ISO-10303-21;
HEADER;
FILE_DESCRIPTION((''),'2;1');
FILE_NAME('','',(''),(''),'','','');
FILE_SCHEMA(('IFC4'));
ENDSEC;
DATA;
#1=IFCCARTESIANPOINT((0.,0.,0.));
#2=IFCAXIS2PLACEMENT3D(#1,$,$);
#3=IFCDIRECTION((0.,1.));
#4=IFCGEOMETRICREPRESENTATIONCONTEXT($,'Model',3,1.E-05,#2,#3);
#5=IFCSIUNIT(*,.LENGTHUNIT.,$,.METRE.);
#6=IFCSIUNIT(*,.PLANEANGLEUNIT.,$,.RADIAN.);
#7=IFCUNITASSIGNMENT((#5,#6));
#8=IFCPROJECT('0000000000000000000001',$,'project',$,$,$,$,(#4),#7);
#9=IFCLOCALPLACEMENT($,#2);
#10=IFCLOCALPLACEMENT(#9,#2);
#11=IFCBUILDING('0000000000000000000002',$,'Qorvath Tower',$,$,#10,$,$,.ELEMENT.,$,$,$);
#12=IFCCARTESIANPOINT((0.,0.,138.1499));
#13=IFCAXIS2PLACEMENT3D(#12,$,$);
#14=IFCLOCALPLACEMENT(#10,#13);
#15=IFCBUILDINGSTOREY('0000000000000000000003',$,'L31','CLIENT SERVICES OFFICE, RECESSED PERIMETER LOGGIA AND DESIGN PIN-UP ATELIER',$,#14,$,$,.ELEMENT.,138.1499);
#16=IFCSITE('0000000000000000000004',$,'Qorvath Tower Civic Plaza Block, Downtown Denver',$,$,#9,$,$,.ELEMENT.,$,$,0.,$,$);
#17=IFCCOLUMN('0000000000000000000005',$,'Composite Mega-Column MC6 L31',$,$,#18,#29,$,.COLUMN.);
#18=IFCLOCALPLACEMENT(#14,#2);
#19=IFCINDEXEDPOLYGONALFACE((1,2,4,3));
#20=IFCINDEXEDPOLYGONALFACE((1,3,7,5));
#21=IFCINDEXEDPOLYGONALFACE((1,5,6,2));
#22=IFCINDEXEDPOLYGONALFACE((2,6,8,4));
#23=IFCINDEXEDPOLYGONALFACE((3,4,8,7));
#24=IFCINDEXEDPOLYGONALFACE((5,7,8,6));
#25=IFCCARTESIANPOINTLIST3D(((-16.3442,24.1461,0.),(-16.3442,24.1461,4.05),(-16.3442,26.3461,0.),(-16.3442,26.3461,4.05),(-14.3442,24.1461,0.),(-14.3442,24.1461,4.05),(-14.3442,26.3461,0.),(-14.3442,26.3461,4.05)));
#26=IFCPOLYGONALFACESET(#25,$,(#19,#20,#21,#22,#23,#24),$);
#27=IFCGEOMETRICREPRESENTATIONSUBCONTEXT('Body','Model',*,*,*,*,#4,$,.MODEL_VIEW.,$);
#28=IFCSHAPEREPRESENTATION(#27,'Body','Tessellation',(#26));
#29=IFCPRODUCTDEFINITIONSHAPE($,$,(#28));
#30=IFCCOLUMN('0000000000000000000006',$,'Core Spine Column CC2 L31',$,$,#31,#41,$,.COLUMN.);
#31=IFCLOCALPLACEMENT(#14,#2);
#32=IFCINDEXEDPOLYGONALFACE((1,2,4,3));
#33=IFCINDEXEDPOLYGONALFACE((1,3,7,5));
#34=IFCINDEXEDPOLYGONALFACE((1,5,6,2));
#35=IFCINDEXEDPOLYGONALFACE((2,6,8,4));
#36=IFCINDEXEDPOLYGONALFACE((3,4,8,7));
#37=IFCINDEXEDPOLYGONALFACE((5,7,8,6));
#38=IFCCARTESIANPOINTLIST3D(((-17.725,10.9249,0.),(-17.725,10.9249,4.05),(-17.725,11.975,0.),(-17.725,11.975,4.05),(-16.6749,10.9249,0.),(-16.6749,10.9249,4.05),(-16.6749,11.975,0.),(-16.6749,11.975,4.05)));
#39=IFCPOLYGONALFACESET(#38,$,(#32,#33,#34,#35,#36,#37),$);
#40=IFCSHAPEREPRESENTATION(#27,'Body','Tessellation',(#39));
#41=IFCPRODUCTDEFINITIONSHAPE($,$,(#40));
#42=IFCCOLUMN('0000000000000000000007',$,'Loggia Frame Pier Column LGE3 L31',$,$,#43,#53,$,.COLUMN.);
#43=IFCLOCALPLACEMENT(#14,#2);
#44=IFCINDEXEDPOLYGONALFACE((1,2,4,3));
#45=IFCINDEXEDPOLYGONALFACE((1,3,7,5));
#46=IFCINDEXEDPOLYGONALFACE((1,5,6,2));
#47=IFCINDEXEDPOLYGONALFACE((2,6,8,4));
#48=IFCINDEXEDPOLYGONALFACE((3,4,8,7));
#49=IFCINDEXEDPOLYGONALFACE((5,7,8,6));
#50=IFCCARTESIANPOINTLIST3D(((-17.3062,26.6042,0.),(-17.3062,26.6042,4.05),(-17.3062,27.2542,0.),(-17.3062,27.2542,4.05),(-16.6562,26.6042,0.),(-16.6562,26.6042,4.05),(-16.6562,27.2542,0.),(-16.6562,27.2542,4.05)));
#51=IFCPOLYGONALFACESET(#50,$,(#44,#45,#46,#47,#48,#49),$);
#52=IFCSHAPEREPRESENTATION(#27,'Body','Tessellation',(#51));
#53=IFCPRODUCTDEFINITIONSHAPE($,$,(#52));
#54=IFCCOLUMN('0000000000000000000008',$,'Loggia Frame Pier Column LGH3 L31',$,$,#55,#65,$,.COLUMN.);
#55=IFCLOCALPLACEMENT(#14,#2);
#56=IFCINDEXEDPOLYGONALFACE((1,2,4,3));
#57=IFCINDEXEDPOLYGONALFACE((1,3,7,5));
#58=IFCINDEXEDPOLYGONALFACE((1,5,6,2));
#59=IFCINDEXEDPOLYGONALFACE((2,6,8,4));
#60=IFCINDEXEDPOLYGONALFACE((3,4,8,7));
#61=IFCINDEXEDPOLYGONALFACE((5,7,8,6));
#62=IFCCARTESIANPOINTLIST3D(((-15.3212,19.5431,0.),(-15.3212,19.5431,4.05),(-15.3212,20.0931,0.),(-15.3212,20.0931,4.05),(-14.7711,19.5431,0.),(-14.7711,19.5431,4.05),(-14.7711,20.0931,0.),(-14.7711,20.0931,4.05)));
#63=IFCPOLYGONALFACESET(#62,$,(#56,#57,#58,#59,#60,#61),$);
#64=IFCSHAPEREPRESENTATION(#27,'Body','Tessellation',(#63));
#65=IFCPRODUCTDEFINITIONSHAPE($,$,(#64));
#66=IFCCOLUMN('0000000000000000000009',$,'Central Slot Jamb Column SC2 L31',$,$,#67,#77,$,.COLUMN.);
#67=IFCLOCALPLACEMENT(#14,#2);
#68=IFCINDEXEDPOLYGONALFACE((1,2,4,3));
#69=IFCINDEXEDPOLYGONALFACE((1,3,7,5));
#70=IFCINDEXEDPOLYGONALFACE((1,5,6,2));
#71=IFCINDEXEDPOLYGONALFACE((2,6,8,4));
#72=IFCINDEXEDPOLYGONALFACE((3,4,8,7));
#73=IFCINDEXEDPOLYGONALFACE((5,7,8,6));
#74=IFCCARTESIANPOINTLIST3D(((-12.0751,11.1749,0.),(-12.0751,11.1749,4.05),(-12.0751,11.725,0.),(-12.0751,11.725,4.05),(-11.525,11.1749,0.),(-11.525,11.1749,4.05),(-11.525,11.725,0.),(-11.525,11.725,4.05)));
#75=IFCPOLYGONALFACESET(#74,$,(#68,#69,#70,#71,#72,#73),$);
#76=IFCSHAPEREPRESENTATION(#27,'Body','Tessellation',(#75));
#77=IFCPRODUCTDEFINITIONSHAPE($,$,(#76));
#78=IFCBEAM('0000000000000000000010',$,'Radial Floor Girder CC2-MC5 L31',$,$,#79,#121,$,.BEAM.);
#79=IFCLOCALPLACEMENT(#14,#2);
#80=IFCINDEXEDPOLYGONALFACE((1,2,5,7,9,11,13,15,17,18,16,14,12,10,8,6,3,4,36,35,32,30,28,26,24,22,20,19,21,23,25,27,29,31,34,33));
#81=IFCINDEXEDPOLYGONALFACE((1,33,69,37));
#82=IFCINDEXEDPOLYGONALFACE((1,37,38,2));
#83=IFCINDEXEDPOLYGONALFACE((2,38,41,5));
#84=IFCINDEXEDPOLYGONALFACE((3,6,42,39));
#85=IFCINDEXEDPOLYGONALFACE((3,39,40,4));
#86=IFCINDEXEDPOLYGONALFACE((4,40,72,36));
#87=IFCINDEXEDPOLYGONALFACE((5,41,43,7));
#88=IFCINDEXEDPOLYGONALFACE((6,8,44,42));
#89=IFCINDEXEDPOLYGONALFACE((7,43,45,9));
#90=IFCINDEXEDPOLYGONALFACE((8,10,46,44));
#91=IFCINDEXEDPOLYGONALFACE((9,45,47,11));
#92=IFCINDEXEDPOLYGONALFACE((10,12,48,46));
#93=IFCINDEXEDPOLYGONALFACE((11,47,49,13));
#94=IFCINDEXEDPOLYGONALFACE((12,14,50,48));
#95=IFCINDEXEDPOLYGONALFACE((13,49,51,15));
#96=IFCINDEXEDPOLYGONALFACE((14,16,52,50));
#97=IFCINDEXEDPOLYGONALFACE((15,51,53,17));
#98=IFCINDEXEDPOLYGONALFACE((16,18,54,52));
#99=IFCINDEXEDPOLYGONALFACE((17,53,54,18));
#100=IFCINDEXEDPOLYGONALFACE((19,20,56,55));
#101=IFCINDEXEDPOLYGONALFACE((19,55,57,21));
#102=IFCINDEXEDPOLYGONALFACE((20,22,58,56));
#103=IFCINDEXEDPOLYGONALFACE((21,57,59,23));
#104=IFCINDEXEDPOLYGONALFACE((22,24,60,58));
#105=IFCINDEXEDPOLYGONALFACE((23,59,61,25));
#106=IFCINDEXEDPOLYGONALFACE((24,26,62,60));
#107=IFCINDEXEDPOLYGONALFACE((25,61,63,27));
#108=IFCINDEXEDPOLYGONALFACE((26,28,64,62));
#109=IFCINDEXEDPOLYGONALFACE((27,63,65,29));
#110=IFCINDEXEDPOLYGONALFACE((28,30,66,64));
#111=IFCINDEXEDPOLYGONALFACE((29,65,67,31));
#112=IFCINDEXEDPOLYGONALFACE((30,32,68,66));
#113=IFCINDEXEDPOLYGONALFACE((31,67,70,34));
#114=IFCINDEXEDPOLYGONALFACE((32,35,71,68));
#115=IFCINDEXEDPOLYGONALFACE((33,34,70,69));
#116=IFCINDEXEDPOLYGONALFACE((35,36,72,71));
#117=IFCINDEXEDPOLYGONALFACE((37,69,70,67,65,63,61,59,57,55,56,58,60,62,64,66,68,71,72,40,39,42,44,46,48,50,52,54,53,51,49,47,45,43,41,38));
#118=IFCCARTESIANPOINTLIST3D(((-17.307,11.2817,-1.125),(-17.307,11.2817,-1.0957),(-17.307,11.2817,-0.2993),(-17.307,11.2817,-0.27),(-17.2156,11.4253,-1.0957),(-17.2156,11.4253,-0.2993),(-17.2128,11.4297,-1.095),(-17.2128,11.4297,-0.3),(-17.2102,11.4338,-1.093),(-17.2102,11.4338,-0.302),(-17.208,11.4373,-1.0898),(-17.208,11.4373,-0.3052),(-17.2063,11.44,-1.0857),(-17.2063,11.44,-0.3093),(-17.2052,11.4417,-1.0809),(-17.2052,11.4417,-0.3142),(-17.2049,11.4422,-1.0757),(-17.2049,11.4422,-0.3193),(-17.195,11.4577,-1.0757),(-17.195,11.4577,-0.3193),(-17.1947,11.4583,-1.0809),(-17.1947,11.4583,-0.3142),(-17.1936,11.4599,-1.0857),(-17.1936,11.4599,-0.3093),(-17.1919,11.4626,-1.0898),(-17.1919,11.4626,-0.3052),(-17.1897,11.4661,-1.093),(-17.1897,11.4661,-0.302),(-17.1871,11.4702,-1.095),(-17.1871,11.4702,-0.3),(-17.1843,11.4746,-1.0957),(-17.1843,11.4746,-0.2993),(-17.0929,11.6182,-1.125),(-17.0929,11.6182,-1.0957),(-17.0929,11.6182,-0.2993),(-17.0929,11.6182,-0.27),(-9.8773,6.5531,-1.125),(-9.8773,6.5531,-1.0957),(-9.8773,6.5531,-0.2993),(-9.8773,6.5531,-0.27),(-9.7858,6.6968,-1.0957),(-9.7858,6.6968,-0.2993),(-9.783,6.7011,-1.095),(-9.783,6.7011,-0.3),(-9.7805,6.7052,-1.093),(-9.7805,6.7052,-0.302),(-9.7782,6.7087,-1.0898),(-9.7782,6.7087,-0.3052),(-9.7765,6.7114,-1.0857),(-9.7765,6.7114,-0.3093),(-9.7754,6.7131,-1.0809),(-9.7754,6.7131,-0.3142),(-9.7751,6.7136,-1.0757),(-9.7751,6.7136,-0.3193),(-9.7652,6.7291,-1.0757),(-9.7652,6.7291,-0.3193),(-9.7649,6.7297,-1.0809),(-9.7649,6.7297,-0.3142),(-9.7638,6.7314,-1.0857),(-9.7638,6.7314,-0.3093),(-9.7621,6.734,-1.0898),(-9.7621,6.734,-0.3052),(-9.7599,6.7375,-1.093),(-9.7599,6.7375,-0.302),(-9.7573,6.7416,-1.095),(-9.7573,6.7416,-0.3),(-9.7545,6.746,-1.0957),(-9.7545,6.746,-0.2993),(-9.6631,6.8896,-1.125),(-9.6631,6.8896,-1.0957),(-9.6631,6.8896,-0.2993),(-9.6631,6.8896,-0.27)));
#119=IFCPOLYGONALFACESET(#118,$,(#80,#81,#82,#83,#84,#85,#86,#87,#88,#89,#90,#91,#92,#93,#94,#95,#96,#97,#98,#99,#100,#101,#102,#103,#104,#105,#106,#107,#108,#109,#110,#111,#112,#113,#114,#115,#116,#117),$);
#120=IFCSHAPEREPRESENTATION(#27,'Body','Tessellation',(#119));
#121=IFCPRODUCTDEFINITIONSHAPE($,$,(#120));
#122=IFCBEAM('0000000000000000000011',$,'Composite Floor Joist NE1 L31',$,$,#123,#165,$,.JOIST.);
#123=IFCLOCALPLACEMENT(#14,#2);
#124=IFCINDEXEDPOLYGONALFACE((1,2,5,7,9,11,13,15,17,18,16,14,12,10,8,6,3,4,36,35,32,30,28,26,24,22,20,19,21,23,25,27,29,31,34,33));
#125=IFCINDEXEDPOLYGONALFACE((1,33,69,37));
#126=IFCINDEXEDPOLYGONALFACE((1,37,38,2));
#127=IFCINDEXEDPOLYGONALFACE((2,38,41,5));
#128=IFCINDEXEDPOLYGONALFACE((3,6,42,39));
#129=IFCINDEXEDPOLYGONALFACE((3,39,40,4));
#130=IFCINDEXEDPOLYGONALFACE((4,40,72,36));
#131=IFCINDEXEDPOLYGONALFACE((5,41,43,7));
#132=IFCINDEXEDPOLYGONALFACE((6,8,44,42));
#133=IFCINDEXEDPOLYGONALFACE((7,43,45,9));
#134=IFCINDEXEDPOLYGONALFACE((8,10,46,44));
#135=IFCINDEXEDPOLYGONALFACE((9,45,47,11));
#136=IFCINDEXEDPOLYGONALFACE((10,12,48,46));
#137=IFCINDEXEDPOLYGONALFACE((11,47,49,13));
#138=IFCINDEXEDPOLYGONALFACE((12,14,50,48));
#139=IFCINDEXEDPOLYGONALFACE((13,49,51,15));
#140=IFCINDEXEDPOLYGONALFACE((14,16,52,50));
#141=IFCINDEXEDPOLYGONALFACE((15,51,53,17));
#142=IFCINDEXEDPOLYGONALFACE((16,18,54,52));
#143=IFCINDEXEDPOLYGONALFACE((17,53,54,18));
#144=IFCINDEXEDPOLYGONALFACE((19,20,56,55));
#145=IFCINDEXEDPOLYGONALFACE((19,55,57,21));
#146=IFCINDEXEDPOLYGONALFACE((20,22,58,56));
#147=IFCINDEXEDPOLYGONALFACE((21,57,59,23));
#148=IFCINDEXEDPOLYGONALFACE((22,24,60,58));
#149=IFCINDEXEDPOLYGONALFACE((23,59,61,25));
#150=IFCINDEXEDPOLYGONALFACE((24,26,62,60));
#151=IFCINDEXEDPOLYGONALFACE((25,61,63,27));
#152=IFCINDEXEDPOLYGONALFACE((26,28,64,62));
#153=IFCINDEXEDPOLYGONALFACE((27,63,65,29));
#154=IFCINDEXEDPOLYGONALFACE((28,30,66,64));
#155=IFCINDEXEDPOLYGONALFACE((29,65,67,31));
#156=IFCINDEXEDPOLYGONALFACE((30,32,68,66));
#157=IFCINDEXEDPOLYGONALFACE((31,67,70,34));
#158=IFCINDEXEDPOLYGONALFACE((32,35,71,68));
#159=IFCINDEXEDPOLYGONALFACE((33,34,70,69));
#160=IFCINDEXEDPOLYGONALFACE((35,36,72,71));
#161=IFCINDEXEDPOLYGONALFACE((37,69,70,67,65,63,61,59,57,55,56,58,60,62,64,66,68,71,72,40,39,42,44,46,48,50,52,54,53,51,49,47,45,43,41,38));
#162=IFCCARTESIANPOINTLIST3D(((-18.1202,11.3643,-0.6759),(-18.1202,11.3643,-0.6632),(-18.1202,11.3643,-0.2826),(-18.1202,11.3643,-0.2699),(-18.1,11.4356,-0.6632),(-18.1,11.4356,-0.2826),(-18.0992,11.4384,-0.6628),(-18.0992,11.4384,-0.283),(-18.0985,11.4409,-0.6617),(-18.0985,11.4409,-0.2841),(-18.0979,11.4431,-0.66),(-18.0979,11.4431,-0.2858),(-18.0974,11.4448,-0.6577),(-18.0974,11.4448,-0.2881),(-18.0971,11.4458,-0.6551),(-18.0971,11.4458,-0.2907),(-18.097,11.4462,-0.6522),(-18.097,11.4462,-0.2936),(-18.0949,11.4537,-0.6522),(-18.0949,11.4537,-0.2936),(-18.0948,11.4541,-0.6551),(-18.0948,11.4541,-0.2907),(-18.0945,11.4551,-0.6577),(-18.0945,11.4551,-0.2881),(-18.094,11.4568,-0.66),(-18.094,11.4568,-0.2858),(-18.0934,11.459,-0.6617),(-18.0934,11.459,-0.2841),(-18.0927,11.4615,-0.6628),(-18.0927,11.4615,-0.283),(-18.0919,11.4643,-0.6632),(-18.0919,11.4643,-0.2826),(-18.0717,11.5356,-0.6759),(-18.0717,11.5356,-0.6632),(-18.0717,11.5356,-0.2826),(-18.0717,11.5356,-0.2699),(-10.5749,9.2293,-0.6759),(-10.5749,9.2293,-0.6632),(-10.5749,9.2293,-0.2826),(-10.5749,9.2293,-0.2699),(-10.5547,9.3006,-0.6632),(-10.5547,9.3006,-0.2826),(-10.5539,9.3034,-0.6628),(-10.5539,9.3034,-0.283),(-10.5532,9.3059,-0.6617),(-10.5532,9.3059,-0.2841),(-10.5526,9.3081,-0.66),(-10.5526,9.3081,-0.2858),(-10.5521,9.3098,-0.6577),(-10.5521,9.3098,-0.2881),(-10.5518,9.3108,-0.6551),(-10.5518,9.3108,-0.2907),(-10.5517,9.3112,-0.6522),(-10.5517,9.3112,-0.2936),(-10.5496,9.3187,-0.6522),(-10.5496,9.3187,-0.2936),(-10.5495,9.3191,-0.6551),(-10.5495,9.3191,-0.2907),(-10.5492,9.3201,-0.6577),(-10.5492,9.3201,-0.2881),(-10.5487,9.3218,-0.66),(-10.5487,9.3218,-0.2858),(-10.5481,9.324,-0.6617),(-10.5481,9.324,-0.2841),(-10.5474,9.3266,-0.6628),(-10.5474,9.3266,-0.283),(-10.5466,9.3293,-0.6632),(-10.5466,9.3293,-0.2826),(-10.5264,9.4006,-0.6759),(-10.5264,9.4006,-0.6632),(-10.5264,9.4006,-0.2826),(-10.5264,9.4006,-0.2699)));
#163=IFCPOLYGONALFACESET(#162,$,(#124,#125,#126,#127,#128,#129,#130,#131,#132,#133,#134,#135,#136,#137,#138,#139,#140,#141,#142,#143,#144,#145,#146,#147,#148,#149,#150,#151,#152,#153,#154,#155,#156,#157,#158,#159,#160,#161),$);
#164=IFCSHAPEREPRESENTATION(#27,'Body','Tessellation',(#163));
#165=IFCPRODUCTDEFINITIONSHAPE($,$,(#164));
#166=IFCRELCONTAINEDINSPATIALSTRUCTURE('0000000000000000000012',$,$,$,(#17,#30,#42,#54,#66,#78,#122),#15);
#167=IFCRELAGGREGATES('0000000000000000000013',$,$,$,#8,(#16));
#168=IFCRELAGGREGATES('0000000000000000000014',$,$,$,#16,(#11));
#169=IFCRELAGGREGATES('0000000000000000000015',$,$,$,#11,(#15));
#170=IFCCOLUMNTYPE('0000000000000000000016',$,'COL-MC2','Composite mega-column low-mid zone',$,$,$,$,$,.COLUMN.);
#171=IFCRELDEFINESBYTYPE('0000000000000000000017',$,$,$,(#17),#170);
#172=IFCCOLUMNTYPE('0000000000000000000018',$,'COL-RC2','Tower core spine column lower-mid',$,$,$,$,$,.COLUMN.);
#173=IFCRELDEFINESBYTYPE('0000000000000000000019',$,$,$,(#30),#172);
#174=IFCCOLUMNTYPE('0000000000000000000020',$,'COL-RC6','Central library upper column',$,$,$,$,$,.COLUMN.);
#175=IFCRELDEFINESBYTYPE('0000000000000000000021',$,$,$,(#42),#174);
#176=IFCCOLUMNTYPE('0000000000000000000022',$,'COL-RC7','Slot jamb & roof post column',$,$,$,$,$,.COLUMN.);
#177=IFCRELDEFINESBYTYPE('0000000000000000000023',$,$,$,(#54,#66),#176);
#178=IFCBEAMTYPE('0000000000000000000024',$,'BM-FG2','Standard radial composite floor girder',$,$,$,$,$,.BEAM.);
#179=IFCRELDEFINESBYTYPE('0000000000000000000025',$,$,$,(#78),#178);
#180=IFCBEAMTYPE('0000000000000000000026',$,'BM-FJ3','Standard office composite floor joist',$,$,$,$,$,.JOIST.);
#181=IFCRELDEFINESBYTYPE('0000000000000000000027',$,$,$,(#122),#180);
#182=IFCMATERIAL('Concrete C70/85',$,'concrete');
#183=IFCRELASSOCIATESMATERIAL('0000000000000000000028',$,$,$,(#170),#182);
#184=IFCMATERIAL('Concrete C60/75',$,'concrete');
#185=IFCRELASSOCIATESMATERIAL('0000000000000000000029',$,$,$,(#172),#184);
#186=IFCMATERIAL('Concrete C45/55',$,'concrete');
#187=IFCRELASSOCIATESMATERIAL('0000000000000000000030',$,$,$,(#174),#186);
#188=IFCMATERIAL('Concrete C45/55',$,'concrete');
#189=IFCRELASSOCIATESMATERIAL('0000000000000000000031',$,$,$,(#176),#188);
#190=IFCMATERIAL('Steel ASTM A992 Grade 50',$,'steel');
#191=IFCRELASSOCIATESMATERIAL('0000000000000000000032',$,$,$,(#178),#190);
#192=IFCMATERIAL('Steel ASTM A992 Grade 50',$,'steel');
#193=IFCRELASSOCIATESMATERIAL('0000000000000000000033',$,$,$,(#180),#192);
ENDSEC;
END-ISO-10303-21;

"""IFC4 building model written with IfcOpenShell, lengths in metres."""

from ifc_helpers import new_model, si_unit, direction, frame, origin, origin_2d, place, context, subcontext, project, spatial, rectangle, i_section, extrude, material, material_profile, profile_set, type_object, element, save


model = new_model("IFC4")

# Units and contexts
model_context = context("Model", 3, precision=1e-05, world=origin(), true_north=direction((0.0, 1.0)))
body_context = subcontext(model_context, "Body", "Model", "MODEL_VIEW")
ifc_project = project(units=[si_unit("LENGTHUNIT", "METRE"), si_unit("PLANEANGLEUNIT", "RADIAN")], contexts=[model_context])

# Site, building, storey
site_placement = place(None, origin())
site = spatial("IfcSite", under=ifc_project, at=site_placement, Name="Qorvath Tower Civic Plaza Block, Downtown Denver", CompositionType="ELEMENT", RefElevation=0.0)
building_placement = place(site_placement, origin())
building = spatial("IfcBuilding", under=site, at=building_placement, Name="Qorvath Tower", CompositionType="ELEMENT")
storey_placement = place(building_placement, frame((0.0, 0.0, 138.1499)))
storey = spatial("IfcBuildingStorey", under=building, at=storey_placement, Name="L31", Description="CLIENT SERVICES OFFICE, RECESSED PERIMETER LOGGIA AND DESIGN PIN-UP ATELIER", CompositionType="ELEMENT", Elevation=138.1499)

# Columns
ifc_material_1 = material(Name="Concrete C70/85", Category="concrete")
ifc_material_profile_1 = material_profile(ifc_material_1, rectangle(XDim=2.0, YDim=2.2, at=origin_2d()), Name="MC 2200x2000")
ifc_profile_set_1 = profile_set([ifc_material_profile_1], Name="Concrete C70/85")
column_type_1 = type_object("IfcColumnType", Name="COL-MC2", Description="Composite mega-column low-mid zone", PredefinedType="COLUMN", material=ifc_profile_set_1)
column_1_placement = place(storey_placement, frame((-15.3442, 25.2461, 0.0), z_axis=(0.0, 0.0, 1.0), x_axis=(1.0, 0.0, 0.0)))
element("IfcColumn", 1, at=column_1_placement, inside=storey, type_object=column_type_1, Name="Composite Mega-Column MC6 L31", PredefinedType="COLUMN", context=body_context, shape_type="SweptSolid", body=[
    extrude(rectangle(XDim=2.0, YDim=2.2, at=origin_2d()), origin(), (0.0, 0.0, 1.0), 4.05),
])
ifc_material_2 = material(Name="Concrete C60/75", Category="concrete")
ifc_material_profile_2 = material_profile(ifc_material_2, rectangle(XDim=1.05, YDim=1.05, at=origin_2d()), Name="RC 1050x1050")
ifc_profile_set_2 = profile_set([ifc_material_profile_2], Name="Concrete C60/75")
column_type_2 = type_object("IfcColumnType", Name="COL-RC2", Description="Tower core spine column lower-mid", PredefinedType="COLUMN", material=ifc_profile_set_2)
column_2_placement = place(storey_placement, frame((-17.2, 11.45, 0.0), z_axis=(0.0, 0.0, 1.0), x_axis=(1.0, 0.0, 0.0)))
element("IfcColumn", 2, at=column_2_placement, inside=storey, type_object=column_type_2, Name="Core Spine Column CC2 L31", PredefinedType="COLUMN", context=body_context, shape_type="SweptSolid", body=[
    extrude(rectangle(XDim=1.05, YDim=1.05, at=origin_2d()), origin(), (0.0, 0.0, 1.0), 4.05),
])
ifc_material_3 = material(Name="Concrete C45/55", Category="concrete")
ifc_material_profile_3 = material_profile(ifc_material_3, rectangle(XDim=0.6499, YDim=0.6499, at=origin_2d()), Name="RC 650x650")
ifc_profile_set_3 = profile_set([ifc_material_profile_3], Name="Concrete C45/55")
column_type_3 = type_object("IfcColumnType", Name="COL-RC6", Description="Central library upper column", PredefinedType="COLUMN", material=ifc_profile_set_3)
column_3_placement = place(storey_placement, frame((-16.9812, 26.9292, 0.0), z_axis=(0.0, 0.0, 1.0), x_axis=(1.0, 0.0, 0.0)))
element("IfcColumn", 3, at=column_3_placement, inside=storey, type_object=column_type_3, Name="Loggia Frame Pier Column LGE3 L31", PredefinedType="COLUMN", context=body_context, shape_type="SweptSolid", body=[
    extrude(rectangle(XDim=0.6499, YDim=0.6499, at=origin_2d()), origin(), (0.0, 0.0, 1.0), 4.05),
])
ifc_material_4 = material(Name="Concrete C45/55", Category="concrete")
ifc_material_profile_4 = material_profile(ifc_material_4, rectangle(XDim=0.55, YDim=0.55, at=origin_2d()), Name="RC 550x550")
ifc_profile_set_4 = profile_set([ifc_material_profile_4], Name="Concrete C45/55")
column_type_4 = type_object("IfcColumnType", Name="COL-RC7", Description="Slot jamb & roof post column", PredefinedType="COLUMN", material=ifc_profile_set_4)
for number, where, z_axis, x_axis, name in (
    (4, (-15.0461, 19.8181, 0.0), (0.0, 0.0, 1.0), (1.0, 0.0, 0.0), "Loggia Frame Pier Column LGH3 L31"),
    (5, (-11.8, 11.45, 0.0), (0.0, 0.0, 1.0), (1.0, 0.0, 0.0), "Central Slot Jamb Column SC2 L31"),
):
    element("IfcColumn", number, at=place(storey_placement, frame(where, z_axis=z_axis, x_axis=x_axis)), inside=storey, type_object=column_type_4, Name=name, PredefinedType="COLUMN", context=body_context, shape_type="SweptSolid", body=[
        extrude(rectangle(XDim=0.55, YDim=0.55, at=origin_2d()), origin(), (0.0, 0.0, 1.0), 4.05),
    ])

# Beams
ifc_material_5 = material(Name="Steel ASTM A992 Grade 50", Category="steel")
ifc_material_profile_5 = material_profile(ifc_material_5, i_section(OverallWidth=0.3989, OverallDepth=0.855, WebThickness=0.0183, FlangeThickness=0.0293, FilletRadius=0.02, at=origin_2d()), Name="W33x201")
ifc_profile_set_5 = profile_set([ifc_material_profile_5], Name="Steel ASTM A992 Grade 50")
beam_type_1 = type_object("IfcBeamType", Name="BM-FG2", Description="Standard radial composite floor girder", PredefinedType="BEAM", material=ifc_profile_set_5)
beam_1_placement = place(storey_placement, frame((-17.2, 11.45, -0.6975), z_axis=(0.843634, -0.536919, 0.0), x_axis=(0.536919, 0.843634, 0.0)))
element("IfcBeam", 6, at=beam_1_placement, inside=storey, type_object=beam_type_1, Name="Radial Floor Girder CC2-MC5 L31", PredefinedType="BEAM", context=body_context, shape_type="SweptSolid", body=[
    extrude(i_section(OverallWidth=0.3989, OverallDepth=0.855, WebThickness=0.0183, FlangeThickness=0.0293, FilletRadius=0.02, at=origin_2d()), origin(), (0.0, 0.0, 1.0), 8.8069),
])
ifc_material_6 = material(Name="Steel ASTM A992 Grade 50", Category="steel")
ifc_material_profile_6 = material_profile(ifc_material_6, i_section(OverallWidth=0.178, OverallDepth=0.406, WebThickness=0.0078, FlangeThickness=0.0127, FilletRadius=0.011, at=origin_2d()), Name="W16x40")
ifc_profile_set_6 = profile_set([ifc_material_profile_6], Name="Steel ASTM A992 Grade 50")
beam_type_2 = type_object("IfcBeamType", Name="BM-FJ3", Description="Standard office composite floor joist", PredefinedType="JOIST", material=ifc_profile_set_6)
beam_2_placement = place(storey_placement, frame((-18.0959, 11.45, -0.4729), z_axis=(0.962222, -0.272265, 0.0), x_axis=(0.272265, 0.962222, 0.0)))
element("IfcBeam", 7, at=beam_2_placement, inside=storey, type_object=beam_type_2, Name="Composite Floor Joist NE1 L31", PredefinedType="JOIST", context=body_context, shape_type="SweptSolid", body=[
    extrude(i_section(OverallWidth=0.178, OverallDepth=0.406, WebThickness=0.0078, FlangeThickness=0.0127, FilletRadius=0.011, at=origin_2d()), origin(), (0.0, 0.0, 1.0), 7.8416),
])

save(model, "model.ifc")
